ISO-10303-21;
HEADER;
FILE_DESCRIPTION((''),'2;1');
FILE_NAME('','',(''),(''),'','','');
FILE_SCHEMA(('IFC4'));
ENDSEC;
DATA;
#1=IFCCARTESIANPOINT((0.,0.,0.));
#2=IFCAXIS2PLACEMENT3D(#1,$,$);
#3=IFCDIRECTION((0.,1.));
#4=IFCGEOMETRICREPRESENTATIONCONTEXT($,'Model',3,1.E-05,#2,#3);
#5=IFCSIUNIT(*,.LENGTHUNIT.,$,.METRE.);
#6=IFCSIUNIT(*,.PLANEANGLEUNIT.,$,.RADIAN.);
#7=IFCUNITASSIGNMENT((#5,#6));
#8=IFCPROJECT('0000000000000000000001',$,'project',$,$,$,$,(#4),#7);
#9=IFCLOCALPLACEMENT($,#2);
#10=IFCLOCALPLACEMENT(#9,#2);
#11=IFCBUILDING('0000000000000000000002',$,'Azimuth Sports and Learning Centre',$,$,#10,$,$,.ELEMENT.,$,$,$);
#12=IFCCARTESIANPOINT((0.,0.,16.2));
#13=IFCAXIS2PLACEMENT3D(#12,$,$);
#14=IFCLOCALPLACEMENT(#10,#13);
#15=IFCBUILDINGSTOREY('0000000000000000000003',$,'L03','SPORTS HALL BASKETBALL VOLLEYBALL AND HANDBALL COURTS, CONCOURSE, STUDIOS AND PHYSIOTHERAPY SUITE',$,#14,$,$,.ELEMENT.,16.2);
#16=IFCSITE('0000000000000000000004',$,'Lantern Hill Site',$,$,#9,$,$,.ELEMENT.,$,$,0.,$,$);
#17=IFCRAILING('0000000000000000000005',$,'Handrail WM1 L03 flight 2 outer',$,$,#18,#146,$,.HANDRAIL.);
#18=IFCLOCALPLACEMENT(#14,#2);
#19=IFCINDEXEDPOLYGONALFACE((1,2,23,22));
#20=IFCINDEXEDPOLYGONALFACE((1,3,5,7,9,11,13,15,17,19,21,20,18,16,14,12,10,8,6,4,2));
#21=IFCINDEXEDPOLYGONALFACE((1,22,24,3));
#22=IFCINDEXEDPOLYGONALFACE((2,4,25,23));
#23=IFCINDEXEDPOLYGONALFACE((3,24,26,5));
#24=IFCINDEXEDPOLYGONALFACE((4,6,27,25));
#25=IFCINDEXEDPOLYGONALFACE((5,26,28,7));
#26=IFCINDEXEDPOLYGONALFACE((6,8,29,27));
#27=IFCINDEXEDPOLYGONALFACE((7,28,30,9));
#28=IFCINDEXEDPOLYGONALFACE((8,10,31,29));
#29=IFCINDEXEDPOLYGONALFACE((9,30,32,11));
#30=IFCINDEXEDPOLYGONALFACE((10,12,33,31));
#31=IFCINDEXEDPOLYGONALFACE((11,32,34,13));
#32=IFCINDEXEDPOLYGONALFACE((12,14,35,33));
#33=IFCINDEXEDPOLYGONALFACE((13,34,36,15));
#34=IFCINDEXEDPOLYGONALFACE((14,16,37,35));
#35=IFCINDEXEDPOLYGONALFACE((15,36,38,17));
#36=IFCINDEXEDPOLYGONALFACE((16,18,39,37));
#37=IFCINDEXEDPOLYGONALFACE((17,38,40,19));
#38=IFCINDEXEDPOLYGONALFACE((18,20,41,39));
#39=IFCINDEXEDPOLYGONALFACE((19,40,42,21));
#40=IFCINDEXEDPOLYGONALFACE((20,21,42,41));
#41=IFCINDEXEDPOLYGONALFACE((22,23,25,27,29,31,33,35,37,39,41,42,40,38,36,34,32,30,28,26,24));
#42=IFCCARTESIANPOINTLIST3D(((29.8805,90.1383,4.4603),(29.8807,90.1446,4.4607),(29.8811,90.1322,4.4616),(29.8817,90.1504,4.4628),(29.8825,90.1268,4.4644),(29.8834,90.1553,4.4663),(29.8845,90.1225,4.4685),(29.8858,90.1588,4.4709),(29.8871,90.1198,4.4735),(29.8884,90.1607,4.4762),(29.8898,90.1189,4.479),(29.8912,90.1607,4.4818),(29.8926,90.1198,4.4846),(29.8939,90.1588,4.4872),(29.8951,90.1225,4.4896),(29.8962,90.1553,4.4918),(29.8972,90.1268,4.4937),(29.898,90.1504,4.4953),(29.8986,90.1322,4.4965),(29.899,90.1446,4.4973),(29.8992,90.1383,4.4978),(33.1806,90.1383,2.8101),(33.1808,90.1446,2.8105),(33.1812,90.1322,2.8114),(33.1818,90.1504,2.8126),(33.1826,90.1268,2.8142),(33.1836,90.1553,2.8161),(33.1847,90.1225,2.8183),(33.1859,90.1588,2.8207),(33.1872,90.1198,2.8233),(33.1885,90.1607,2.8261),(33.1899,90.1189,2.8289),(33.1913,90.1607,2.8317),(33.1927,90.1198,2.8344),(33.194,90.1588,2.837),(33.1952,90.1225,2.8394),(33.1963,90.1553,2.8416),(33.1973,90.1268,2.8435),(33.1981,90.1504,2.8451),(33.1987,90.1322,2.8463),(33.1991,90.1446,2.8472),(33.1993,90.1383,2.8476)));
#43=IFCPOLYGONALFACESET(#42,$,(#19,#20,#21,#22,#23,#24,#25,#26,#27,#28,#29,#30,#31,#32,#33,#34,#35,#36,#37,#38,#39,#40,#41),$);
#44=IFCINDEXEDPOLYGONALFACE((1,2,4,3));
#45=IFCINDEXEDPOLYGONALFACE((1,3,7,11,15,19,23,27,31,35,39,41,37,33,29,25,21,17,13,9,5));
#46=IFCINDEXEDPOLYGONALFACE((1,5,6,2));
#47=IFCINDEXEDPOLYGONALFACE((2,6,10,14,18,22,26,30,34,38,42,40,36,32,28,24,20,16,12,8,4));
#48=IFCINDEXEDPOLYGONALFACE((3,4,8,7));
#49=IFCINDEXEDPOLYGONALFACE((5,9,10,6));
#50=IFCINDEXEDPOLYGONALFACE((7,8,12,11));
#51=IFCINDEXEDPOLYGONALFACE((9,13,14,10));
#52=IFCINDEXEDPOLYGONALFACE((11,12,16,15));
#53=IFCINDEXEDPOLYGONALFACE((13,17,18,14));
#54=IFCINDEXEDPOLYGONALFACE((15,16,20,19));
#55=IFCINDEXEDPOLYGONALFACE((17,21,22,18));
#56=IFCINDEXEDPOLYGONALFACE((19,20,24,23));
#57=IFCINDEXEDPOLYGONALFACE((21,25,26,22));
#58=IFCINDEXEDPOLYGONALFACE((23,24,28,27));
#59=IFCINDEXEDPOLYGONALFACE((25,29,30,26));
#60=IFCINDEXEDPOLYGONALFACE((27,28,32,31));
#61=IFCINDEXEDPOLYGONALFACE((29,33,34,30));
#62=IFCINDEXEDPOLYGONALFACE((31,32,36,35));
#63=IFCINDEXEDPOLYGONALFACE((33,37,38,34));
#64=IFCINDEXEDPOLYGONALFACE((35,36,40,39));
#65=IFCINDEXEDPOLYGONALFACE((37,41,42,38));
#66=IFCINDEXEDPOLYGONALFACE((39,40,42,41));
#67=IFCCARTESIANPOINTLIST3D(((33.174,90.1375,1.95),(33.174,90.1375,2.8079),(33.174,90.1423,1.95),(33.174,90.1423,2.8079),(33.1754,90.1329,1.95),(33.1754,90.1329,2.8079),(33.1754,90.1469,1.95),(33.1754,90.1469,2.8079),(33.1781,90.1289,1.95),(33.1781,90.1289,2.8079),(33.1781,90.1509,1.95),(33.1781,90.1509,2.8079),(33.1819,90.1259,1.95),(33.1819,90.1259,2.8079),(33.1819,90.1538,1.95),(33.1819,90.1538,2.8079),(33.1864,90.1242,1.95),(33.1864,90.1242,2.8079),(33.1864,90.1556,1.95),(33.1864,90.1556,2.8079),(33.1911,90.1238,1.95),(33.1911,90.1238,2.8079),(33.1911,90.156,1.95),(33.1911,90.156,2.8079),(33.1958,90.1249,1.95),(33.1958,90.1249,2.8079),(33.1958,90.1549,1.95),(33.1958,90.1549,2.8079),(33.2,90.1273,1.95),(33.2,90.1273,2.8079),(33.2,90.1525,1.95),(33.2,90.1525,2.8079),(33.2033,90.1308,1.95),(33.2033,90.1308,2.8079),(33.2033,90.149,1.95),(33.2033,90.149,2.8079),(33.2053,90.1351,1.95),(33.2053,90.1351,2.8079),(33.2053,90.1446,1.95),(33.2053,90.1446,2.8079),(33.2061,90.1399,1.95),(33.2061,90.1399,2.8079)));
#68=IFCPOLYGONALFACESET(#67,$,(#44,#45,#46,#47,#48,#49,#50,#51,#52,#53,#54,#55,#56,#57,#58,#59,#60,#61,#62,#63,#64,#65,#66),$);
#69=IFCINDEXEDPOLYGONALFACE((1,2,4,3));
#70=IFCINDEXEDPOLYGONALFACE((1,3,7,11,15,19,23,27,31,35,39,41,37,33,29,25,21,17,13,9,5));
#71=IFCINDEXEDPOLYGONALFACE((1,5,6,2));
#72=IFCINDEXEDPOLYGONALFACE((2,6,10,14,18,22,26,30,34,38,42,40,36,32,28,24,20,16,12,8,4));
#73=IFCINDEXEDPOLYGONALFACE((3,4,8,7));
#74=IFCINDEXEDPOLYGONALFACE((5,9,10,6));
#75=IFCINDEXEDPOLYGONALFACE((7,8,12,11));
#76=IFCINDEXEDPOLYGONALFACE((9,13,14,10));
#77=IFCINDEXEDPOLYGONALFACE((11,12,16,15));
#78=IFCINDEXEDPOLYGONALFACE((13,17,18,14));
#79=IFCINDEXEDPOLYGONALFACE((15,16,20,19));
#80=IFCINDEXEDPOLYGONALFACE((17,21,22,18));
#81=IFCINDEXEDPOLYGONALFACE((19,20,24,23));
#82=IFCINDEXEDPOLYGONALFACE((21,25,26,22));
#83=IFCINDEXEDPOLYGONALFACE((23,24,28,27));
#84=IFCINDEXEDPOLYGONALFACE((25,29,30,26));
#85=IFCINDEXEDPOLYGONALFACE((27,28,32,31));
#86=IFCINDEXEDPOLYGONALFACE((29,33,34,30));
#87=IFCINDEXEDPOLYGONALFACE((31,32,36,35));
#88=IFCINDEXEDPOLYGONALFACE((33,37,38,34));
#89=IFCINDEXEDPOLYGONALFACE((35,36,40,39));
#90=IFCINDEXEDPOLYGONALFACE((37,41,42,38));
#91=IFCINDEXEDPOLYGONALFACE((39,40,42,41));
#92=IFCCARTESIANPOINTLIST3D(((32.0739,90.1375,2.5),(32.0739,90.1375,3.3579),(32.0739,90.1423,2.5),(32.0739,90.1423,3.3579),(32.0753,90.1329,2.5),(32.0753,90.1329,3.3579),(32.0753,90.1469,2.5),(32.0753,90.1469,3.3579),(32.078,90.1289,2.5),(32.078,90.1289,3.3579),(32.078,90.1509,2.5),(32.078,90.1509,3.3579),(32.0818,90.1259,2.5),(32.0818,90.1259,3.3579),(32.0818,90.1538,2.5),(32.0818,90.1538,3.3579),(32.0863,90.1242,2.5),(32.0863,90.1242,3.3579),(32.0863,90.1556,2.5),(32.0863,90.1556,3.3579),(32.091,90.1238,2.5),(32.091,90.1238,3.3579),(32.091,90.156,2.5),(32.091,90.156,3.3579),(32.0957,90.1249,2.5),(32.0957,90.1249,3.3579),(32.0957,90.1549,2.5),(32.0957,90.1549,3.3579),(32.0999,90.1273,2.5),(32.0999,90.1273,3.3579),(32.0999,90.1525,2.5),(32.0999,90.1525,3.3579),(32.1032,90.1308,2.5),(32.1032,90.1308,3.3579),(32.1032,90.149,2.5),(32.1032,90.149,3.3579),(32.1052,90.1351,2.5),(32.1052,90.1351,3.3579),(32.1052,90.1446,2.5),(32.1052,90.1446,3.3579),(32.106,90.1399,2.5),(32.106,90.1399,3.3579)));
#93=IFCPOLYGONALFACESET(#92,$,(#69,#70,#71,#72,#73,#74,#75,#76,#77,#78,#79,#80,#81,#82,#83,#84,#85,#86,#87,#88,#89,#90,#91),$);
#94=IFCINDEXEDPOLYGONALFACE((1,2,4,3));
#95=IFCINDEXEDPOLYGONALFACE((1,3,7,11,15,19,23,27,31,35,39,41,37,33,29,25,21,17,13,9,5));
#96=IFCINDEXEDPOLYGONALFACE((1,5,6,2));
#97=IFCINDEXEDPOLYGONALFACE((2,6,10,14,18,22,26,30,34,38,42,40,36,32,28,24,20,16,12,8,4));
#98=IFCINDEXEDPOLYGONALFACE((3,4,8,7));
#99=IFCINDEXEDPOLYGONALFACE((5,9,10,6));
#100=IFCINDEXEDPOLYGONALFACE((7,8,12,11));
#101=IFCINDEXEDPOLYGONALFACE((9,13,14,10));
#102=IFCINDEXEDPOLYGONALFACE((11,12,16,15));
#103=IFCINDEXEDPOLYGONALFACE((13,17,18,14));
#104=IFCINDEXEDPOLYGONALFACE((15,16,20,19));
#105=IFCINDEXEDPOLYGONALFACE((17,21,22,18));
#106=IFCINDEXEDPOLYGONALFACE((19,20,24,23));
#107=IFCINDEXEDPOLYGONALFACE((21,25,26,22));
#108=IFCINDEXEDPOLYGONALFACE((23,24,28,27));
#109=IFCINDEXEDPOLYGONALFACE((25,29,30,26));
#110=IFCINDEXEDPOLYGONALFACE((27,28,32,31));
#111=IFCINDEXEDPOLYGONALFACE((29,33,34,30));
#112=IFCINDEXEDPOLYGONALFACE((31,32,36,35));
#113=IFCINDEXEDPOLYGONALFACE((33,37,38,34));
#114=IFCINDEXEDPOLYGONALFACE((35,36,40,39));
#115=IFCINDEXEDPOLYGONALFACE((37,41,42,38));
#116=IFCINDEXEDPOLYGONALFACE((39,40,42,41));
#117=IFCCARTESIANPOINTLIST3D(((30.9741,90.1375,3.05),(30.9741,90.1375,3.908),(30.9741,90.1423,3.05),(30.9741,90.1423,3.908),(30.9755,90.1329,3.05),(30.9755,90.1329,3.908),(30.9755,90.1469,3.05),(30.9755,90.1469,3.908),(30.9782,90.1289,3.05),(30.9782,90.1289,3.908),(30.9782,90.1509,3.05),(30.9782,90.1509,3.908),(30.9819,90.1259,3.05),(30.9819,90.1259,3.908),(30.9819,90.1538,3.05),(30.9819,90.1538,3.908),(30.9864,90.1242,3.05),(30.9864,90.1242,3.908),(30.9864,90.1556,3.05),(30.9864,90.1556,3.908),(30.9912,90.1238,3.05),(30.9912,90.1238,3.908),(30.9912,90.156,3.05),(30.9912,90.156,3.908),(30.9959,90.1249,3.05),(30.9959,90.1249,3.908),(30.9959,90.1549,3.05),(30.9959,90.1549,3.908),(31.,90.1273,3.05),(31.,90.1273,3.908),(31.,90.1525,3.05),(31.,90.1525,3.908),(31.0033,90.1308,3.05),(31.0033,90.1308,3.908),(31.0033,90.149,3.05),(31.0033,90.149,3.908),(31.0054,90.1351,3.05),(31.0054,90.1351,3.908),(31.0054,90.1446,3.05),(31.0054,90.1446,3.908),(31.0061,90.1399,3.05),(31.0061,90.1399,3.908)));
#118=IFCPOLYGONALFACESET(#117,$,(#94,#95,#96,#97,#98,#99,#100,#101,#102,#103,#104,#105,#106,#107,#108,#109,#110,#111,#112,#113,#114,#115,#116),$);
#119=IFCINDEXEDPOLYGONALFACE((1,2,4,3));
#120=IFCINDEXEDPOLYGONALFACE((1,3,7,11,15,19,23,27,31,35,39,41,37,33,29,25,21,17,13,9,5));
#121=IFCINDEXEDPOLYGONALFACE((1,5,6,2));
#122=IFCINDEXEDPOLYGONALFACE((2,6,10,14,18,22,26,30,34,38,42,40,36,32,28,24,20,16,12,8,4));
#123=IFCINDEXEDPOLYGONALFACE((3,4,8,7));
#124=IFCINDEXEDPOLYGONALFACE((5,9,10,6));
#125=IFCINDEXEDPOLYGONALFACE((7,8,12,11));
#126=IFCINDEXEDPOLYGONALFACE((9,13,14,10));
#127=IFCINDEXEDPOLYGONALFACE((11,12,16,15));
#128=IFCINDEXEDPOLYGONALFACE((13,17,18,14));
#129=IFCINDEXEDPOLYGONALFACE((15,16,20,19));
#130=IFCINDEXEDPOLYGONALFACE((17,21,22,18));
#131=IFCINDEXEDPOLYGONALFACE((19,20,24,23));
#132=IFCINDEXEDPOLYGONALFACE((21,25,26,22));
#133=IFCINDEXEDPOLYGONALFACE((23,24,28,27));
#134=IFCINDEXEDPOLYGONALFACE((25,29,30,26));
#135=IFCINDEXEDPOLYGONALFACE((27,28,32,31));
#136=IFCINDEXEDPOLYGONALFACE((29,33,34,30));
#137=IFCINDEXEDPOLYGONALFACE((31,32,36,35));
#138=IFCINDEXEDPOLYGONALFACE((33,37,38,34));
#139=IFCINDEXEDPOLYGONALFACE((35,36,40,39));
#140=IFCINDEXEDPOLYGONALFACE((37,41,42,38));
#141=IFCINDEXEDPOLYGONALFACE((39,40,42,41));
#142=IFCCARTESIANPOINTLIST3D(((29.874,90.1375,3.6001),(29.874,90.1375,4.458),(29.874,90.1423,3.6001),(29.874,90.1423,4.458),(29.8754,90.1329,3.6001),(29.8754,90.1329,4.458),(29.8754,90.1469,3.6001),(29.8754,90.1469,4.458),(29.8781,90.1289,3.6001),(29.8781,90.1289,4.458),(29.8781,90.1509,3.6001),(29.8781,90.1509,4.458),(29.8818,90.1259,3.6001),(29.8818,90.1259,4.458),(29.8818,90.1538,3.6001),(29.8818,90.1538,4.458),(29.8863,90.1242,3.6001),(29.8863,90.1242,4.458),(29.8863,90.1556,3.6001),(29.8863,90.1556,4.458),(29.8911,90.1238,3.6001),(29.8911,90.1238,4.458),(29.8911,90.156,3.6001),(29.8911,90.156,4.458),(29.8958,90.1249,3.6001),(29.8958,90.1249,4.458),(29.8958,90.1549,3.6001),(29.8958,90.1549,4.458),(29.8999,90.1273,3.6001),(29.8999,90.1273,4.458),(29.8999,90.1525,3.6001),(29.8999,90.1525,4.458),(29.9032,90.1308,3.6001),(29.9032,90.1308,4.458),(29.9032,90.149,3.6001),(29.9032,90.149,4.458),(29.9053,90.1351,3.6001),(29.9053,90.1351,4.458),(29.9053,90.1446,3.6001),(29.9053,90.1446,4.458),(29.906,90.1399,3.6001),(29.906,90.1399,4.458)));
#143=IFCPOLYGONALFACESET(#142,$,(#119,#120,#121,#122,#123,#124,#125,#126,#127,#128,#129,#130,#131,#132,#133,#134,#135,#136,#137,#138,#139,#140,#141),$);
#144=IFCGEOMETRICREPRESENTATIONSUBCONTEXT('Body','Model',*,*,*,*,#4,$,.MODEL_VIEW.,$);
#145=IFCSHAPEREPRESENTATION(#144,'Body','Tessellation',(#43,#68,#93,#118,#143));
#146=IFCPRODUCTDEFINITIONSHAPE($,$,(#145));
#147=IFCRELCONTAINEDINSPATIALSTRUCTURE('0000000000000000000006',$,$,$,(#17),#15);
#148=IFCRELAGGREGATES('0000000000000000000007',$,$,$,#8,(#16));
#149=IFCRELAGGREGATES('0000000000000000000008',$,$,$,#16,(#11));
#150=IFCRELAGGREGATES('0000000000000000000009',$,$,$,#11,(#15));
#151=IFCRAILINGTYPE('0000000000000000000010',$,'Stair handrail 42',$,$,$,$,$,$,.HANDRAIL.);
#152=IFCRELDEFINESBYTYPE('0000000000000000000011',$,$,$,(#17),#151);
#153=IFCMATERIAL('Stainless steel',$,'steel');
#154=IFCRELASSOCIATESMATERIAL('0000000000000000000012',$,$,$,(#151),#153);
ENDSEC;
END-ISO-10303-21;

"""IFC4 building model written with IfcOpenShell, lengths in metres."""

from ifc_helpers import new_model, si_unit, direction, frame, origin, origin_2d, place, context, subcontext, project, spatial, circle, extrude, material, type_object, element, save


model = new_model("IFC4")

# Units and contexts
model_context = context("Model", 3, precision=1e-05, world=origin(), true_north=direction((0.0, 1.0)))
body_context = subcontext(model_context, "Body", "Model", "MODEL_VIEW")
ifc_project = project(units=[si_unit("LENGTHUNIT", "METRE"), si_unit("PLANEANGLEUNIT", "RADIAN")], contexts=[model_context])

# Site, building, storey
site_placement = place(None, origin())
site = spatial("IfcSite", under=ifc_project, at=site_placement, Name="Lantern Hill Site", CompositionType="ELEMENT", RefElevation=0.0)
building_placement = place(site_placement, origin())
building = spatial("IfcBuilding", under=site, at=building_placement, Name="Azimuth Sports and Learning Centre", CompositionType="ELEMENT")
storey_placement = place(building_placement, frame((0.0, 0.0, 16.2)))
storey = spatial("IfcBuildingStorey", under=building, at=storey_placement, Name="L03", Description="SPORTS HALL BASKETBALL VOLLEYBALL AND HANDBALL COURTS, CONCOURSE, STUDIOS AND PHYSIOTHERAPY SUITE", CompositionType="ELEMENT", Elevation=16.2)

# Railing
ifc_material_1 = material(Name="Stainless steel", Category="steel")
railing_type = type_object("IfcRailingType", Name="Stair handrail 42", PredefinedType="HANDRAIL", material=ifc_material_1)
for number, where, name in (
    (1, (33.1899, 90.1399, 1.95), "Handrail WM1 L03 flight 2 outer"),
):
    element("IfcRailing", number, at=place(storey_placement, frame(where)), inside=storey, type_object=railing_type, Name=name, PredefinedType="HANDRAIL", context=body_context, shape_type="SweptSolid", body=[
        extrude(circle(Radius=0.021, at=origin_2d()), frame((0.0, 0.0, 0.8789), z_axis=(-0.894414, 0.0, 0.44724), x_axis=(0.0, -1.0, 0.0)), (0.0, 0.0, 1.0), 3.6897),
        extrude(circle(Radius=0.0161, at=origin_2d()), origin(), (0.0, 0.0, 1.0), 0.8579),
        extrude(circle(Radius=0.0161, at=origin_2d()), frame((-1.1001, 0.0, 0.55)), (0.0, 0.0, 1.0), 0.8579),
        extrude(circle(Radius=0.0161, at=origin_2d()), frame((-2.2, 0.0, 1.1001)), (0.0, 0.0, 1.0), 0.8579),
        extrude(circle(Radius=0.0161, at=origin_2d()), frame((-3.3, 0.0, 1.6501)), (0.0, 0.0, 1.0), 0.8579),
    ])

save(model, "model.ifc")
